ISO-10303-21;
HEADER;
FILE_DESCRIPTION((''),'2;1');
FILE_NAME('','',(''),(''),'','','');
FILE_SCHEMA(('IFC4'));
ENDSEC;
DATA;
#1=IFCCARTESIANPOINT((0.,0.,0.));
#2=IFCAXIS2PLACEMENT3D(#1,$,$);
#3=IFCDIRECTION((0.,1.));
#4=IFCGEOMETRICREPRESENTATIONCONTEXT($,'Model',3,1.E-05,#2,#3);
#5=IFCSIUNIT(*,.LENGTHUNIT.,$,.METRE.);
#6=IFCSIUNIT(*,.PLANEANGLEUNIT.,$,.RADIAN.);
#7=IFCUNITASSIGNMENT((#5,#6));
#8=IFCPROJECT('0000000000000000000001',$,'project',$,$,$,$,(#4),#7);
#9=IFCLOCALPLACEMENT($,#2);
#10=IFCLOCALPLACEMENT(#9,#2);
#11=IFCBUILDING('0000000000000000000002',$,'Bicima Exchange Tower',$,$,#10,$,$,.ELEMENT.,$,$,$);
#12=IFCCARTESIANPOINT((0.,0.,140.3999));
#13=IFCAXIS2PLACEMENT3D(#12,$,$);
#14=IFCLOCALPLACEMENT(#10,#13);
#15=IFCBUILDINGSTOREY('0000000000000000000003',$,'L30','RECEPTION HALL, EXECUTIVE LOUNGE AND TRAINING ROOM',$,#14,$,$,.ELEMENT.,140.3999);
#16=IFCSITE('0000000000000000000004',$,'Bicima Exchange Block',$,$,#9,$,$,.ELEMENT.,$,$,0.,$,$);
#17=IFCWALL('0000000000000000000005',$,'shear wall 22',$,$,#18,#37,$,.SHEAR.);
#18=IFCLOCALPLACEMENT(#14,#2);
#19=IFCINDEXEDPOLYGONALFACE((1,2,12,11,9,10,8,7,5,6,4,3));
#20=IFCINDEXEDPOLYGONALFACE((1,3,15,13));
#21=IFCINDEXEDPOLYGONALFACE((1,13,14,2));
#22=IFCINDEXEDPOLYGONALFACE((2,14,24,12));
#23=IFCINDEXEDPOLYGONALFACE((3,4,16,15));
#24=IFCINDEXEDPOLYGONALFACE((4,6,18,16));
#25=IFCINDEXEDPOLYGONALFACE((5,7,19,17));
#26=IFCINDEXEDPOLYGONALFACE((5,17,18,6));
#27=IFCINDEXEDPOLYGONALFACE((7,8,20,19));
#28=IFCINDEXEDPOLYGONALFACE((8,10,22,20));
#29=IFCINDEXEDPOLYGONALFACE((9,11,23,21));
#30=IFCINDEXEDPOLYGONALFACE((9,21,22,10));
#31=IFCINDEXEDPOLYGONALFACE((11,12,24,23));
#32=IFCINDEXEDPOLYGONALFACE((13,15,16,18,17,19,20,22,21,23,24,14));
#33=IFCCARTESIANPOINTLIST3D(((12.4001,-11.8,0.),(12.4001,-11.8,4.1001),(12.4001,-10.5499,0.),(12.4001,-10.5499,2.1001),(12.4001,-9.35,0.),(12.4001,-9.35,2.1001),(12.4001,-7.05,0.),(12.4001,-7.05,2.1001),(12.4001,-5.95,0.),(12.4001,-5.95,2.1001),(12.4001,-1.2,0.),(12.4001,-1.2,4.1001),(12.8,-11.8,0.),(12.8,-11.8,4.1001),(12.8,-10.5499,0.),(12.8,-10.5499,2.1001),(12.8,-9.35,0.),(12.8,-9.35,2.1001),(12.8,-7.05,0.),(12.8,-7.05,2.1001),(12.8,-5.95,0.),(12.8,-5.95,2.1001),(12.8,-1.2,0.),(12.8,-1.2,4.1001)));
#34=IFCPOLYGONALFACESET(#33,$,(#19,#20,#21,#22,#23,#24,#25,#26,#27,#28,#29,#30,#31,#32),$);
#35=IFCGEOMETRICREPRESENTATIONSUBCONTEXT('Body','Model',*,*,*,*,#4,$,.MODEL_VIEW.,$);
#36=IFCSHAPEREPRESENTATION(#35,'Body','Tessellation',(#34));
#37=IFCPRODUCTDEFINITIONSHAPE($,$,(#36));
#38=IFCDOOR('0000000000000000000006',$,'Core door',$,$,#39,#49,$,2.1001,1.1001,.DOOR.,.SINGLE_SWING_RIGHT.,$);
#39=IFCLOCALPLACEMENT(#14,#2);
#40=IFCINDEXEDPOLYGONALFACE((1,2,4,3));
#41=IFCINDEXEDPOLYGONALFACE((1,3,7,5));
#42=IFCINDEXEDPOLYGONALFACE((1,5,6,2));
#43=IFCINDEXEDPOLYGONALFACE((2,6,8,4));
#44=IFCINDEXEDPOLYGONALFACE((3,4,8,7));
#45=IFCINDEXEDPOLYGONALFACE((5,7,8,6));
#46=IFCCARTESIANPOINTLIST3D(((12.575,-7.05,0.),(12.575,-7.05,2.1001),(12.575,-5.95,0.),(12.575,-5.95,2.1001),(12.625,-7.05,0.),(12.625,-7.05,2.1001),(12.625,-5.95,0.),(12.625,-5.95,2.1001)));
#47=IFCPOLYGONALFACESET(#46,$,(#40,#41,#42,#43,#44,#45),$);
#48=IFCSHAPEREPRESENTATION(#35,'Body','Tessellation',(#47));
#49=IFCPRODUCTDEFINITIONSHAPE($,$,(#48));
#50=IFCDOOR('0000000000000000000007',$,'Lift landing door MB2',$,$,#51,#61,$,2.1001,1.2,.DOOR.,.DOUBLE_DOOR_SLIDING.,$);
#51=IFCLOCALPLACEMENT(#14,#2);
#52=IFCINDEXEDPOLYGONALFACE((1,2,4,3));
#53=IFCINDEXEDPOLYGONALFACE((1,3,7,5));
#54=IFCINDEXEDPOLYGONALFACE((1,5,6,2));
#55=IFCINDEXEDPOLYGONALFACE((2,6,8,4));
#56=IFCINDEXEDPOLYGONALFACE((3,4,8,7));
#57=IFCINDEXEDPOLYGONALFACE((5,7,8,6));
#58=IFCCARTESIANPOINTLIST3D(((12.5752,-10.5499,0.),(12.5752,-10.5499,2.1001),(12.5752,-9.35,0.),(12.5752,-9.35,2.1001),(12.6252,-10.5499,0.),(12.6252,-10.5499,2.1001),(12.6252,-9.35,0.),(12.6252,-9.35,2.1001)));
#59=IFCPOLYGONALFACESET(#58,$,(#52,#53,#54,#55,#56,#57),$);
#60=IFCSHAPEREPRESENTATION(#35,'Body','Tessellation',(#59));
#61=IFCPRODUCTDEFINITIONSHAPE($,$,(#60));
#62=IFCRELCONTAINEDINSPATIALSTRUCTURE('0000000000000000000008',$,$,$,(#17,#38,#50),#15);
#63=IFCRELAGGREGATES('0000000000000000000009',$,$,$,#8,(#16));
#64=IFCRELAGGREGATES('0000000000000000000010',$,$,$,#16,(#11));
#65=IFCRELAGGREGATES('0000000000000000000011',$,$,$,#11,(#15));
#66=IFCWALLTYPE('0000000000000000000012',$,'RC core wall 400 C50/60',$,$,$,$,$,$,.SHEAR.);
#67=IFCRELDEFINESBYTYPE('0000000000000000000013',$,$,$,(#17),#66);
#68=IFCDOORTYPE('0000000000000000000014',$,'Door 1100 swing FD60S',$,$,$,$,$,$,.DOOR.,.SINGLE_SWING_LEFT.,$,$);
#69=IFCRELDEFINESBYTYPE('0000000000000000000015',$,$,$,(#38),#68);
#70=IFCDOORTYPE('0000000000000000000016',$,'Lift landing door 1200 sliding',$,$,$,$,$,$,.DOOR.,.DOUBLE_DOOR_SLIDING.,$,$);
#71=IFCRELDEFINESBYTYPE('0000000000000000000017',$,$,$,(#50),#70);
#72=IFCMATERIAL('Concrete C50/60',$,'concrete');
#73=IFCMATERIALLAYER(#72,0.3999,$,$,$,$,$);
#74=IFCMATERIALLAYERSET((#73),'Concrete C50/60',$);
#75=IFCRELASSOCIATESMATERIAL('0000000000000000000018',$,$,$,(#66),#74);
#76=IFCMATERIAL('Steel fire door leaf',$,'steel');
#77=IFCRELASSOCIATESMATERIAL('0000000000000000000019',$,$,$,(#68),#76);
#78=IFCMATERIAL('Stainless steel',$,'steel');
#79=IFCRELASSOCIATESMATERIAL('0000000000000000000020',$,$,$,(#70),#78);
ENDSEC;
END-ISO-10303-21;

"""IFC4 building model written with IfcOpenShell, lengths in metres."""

from ifc_helpers import new_model, si_unit, direction, frame, frame_2d, origin, place, context, subcontext, project, spatial, rectangle, extrude, material, layer, layer_set, type_object, element, fill, save


model = new_model("IFC4")

# Units and contexts
model_context = context("Model", 3, precision=1e-05, world=origin(), true_north=direction((0.0, 1.0)))
body_context = subcontext(model_context, "Body", "Model", "MODEL_VIEW")
ifc_project = project(units=[si_unit("LENGTHUNIT", "METRE"), si_unit("PLANEANGLEUNIT", "RADIAN")], contexts=[model_context])

# Site, building, storey
site_placement = place(None, origin())
site = spatial("IfcSite", under=ifc_project, at=site_placement, Name="Bicima Exchange Block", CompositionType="ELEMENT", RefElevation=0.0)
building_placement = place(site_placement, origin())
building = spatial("IfcBuilding", under=site, at=building_placement, Name="Bicima Exchange Tower", CompositionType="ELEMENT")
storey_placement = place(building_placement, frame((0.0, 0.0, 140.3999)))
storey = spatial("IfcBuildingStorey", under=building, at=storey_placement, Name="L30", Description="RECEPTION HALL, EXECUTIVE LOUNGE AND TRAINING ROOM", CompositionType="ELEMENT", Elevation=140.3999)

# Shared definitions
ifc_material_1 = material(Name="Concrete C50/60", Category="concrete")
ifc_layer_1 = layer(ifc_material_1, 0.3999)
ifc_layer_set_1 = layer_set([ifc_layer_1], Name="Concrete C50/60")
wall_type_1 = type_object("IfcWallType", Name="RC core wall 400 C50/60", PredefinedType="SHEAR", material=ifc_layer_set_1)

# Shared definitions
ifc_material_2 = material(Name="Steel fire door leaf", Category="steel")

# Wall, openings, doors
wall_1_placement = place(storey_placement, frame((12.6001, -11.8, 0.0), z_axis=(0.0, 0.0, 1.0), x_axis=(0.0, 1.0, 0.0)))
wall_1 = element("IfcWall", 1, at=wall_1_placement, inside=storey, type_object=wall_type_1, Name="shear wall 22", PredefinedType="SHEAR", context=body_context, shape_type="SweptSolid", body=[
    extrude(rectangle(XDim=10.6001, YDim=0.3999, at=frame_2d((5.3, 0.0))), origin(), (0.0, 0.0, 1.0), 4.1001),
])
opening_1_placement = place(wall_1_placement, frame((1.25, 0.0, 0.0)))
opening_1 = element("IfcOpeningElement", 2, at=opening_1_placement, cuts=wall_1, PredefinedType="OPENING", context=body_context, shape_type="SweptSolid", body=[
    extrude(rectangle(XDim=1.2, YDim=2.1001, at=frame_2d((0.6001, 1.05))), frame((0.0, 0.2119, 0.0), z_axis=(0.0, -1.0, 0.0), x_axis=(1.0, 0.0, 0.0)), (0.0, 0.0, 1.0), 0.4238),
])
opening_2_placement = place(wall_1_placement, frame((4.75, 0.0, 0.0)))
opening_2 = element("IfcOpeningElement", 3, at=opening_2_placement, cuts=wall_1, PredefinedType="OPENING", context=body_context, shape_type="SweptSolid", body=[
    extrude(rectangle(XDim=1.1001, YDim=2.1001, at=frame_2d((0.55, 1.05))), frame((0.0, 0.2119, 0.0), z_axis=(0.0, -1.0, 0.0), x_axis=(1.0, 0.0, 0.0)), (0.0, 0.0, 1.0), 0.4238),
])
door_type_1 = type_object("IfcDoorType", Name="Door 1100 swing FD60S", OperationType="SINGLE_SWING_LEFT", PredefinedType="DOOR", material=ifc_material_2)
door_1_placement = place(opening_2_placement, frame((1.1001, 0.0, 0.0), z_axis=(0.0, 0.0, 1.0), x_axis=(-1.0, 0.0, 0.0)))
door_1 = element("IfcDoor", 4, at=door_1_placement, inside=storey, type_object=door_type_1, Name="Core door", OperationType="SINGLE_SWING_RIGHT", OverallHeight=2.1001, OverallWidth=1.1001, PredefinedType="DOOR", context=body_context, shape_type="SweptSolid", body=[
    extrude(rectangle(XDim=1.1001, YDim=2.1001, at=frame_2d((0.55, 1.05))), frame((0.0, 0.0249, 0.0), z_axis=(0.0, -1.0, 0.0), x_axis=(1.0, 0.0, 0.0)), (0.0, 0.0, 1.0), 0.05),
])
fill(opening_2, door_1)
ifc_material_3 = material(Name="Stainless steel", Category="steel")
door_type_2 = type_object("IfcDoorType", Name="Lift landing door 1200 sliding", OperationType="DOUBLE_DOOR_SLIDING", PredefinedType="DOOR", material=ifc_material_3)
door_2_placement = place(opening_1_placement, origin())
door_2 = element("IfcDoor", 5, at=door_2_placement, inside=storey, type_object=door_type_2, Name="Lift landing door MB2", OperationType="DOUBLE_DOOR_SLIDING", OverallHeight=2.1001, OverallWidth=1.2, PredefinedType="DOOR", context=body_context, shape_type="SweptSolid", body=[
    extrude(rectangle(XDim=1.2, YDim=2.1001, at=frame_2d((0.6001, 1.05))), frame((0.0, 0.0249, 0.0), z_axis=(0.0, -1.0, 0.0), x_axis=(1.0, 0.0, 0.0)), (0.0, 0.0, 1.0), 0.05),
])
fill(opening_1, door_2)

save(model, "model.ifc")
